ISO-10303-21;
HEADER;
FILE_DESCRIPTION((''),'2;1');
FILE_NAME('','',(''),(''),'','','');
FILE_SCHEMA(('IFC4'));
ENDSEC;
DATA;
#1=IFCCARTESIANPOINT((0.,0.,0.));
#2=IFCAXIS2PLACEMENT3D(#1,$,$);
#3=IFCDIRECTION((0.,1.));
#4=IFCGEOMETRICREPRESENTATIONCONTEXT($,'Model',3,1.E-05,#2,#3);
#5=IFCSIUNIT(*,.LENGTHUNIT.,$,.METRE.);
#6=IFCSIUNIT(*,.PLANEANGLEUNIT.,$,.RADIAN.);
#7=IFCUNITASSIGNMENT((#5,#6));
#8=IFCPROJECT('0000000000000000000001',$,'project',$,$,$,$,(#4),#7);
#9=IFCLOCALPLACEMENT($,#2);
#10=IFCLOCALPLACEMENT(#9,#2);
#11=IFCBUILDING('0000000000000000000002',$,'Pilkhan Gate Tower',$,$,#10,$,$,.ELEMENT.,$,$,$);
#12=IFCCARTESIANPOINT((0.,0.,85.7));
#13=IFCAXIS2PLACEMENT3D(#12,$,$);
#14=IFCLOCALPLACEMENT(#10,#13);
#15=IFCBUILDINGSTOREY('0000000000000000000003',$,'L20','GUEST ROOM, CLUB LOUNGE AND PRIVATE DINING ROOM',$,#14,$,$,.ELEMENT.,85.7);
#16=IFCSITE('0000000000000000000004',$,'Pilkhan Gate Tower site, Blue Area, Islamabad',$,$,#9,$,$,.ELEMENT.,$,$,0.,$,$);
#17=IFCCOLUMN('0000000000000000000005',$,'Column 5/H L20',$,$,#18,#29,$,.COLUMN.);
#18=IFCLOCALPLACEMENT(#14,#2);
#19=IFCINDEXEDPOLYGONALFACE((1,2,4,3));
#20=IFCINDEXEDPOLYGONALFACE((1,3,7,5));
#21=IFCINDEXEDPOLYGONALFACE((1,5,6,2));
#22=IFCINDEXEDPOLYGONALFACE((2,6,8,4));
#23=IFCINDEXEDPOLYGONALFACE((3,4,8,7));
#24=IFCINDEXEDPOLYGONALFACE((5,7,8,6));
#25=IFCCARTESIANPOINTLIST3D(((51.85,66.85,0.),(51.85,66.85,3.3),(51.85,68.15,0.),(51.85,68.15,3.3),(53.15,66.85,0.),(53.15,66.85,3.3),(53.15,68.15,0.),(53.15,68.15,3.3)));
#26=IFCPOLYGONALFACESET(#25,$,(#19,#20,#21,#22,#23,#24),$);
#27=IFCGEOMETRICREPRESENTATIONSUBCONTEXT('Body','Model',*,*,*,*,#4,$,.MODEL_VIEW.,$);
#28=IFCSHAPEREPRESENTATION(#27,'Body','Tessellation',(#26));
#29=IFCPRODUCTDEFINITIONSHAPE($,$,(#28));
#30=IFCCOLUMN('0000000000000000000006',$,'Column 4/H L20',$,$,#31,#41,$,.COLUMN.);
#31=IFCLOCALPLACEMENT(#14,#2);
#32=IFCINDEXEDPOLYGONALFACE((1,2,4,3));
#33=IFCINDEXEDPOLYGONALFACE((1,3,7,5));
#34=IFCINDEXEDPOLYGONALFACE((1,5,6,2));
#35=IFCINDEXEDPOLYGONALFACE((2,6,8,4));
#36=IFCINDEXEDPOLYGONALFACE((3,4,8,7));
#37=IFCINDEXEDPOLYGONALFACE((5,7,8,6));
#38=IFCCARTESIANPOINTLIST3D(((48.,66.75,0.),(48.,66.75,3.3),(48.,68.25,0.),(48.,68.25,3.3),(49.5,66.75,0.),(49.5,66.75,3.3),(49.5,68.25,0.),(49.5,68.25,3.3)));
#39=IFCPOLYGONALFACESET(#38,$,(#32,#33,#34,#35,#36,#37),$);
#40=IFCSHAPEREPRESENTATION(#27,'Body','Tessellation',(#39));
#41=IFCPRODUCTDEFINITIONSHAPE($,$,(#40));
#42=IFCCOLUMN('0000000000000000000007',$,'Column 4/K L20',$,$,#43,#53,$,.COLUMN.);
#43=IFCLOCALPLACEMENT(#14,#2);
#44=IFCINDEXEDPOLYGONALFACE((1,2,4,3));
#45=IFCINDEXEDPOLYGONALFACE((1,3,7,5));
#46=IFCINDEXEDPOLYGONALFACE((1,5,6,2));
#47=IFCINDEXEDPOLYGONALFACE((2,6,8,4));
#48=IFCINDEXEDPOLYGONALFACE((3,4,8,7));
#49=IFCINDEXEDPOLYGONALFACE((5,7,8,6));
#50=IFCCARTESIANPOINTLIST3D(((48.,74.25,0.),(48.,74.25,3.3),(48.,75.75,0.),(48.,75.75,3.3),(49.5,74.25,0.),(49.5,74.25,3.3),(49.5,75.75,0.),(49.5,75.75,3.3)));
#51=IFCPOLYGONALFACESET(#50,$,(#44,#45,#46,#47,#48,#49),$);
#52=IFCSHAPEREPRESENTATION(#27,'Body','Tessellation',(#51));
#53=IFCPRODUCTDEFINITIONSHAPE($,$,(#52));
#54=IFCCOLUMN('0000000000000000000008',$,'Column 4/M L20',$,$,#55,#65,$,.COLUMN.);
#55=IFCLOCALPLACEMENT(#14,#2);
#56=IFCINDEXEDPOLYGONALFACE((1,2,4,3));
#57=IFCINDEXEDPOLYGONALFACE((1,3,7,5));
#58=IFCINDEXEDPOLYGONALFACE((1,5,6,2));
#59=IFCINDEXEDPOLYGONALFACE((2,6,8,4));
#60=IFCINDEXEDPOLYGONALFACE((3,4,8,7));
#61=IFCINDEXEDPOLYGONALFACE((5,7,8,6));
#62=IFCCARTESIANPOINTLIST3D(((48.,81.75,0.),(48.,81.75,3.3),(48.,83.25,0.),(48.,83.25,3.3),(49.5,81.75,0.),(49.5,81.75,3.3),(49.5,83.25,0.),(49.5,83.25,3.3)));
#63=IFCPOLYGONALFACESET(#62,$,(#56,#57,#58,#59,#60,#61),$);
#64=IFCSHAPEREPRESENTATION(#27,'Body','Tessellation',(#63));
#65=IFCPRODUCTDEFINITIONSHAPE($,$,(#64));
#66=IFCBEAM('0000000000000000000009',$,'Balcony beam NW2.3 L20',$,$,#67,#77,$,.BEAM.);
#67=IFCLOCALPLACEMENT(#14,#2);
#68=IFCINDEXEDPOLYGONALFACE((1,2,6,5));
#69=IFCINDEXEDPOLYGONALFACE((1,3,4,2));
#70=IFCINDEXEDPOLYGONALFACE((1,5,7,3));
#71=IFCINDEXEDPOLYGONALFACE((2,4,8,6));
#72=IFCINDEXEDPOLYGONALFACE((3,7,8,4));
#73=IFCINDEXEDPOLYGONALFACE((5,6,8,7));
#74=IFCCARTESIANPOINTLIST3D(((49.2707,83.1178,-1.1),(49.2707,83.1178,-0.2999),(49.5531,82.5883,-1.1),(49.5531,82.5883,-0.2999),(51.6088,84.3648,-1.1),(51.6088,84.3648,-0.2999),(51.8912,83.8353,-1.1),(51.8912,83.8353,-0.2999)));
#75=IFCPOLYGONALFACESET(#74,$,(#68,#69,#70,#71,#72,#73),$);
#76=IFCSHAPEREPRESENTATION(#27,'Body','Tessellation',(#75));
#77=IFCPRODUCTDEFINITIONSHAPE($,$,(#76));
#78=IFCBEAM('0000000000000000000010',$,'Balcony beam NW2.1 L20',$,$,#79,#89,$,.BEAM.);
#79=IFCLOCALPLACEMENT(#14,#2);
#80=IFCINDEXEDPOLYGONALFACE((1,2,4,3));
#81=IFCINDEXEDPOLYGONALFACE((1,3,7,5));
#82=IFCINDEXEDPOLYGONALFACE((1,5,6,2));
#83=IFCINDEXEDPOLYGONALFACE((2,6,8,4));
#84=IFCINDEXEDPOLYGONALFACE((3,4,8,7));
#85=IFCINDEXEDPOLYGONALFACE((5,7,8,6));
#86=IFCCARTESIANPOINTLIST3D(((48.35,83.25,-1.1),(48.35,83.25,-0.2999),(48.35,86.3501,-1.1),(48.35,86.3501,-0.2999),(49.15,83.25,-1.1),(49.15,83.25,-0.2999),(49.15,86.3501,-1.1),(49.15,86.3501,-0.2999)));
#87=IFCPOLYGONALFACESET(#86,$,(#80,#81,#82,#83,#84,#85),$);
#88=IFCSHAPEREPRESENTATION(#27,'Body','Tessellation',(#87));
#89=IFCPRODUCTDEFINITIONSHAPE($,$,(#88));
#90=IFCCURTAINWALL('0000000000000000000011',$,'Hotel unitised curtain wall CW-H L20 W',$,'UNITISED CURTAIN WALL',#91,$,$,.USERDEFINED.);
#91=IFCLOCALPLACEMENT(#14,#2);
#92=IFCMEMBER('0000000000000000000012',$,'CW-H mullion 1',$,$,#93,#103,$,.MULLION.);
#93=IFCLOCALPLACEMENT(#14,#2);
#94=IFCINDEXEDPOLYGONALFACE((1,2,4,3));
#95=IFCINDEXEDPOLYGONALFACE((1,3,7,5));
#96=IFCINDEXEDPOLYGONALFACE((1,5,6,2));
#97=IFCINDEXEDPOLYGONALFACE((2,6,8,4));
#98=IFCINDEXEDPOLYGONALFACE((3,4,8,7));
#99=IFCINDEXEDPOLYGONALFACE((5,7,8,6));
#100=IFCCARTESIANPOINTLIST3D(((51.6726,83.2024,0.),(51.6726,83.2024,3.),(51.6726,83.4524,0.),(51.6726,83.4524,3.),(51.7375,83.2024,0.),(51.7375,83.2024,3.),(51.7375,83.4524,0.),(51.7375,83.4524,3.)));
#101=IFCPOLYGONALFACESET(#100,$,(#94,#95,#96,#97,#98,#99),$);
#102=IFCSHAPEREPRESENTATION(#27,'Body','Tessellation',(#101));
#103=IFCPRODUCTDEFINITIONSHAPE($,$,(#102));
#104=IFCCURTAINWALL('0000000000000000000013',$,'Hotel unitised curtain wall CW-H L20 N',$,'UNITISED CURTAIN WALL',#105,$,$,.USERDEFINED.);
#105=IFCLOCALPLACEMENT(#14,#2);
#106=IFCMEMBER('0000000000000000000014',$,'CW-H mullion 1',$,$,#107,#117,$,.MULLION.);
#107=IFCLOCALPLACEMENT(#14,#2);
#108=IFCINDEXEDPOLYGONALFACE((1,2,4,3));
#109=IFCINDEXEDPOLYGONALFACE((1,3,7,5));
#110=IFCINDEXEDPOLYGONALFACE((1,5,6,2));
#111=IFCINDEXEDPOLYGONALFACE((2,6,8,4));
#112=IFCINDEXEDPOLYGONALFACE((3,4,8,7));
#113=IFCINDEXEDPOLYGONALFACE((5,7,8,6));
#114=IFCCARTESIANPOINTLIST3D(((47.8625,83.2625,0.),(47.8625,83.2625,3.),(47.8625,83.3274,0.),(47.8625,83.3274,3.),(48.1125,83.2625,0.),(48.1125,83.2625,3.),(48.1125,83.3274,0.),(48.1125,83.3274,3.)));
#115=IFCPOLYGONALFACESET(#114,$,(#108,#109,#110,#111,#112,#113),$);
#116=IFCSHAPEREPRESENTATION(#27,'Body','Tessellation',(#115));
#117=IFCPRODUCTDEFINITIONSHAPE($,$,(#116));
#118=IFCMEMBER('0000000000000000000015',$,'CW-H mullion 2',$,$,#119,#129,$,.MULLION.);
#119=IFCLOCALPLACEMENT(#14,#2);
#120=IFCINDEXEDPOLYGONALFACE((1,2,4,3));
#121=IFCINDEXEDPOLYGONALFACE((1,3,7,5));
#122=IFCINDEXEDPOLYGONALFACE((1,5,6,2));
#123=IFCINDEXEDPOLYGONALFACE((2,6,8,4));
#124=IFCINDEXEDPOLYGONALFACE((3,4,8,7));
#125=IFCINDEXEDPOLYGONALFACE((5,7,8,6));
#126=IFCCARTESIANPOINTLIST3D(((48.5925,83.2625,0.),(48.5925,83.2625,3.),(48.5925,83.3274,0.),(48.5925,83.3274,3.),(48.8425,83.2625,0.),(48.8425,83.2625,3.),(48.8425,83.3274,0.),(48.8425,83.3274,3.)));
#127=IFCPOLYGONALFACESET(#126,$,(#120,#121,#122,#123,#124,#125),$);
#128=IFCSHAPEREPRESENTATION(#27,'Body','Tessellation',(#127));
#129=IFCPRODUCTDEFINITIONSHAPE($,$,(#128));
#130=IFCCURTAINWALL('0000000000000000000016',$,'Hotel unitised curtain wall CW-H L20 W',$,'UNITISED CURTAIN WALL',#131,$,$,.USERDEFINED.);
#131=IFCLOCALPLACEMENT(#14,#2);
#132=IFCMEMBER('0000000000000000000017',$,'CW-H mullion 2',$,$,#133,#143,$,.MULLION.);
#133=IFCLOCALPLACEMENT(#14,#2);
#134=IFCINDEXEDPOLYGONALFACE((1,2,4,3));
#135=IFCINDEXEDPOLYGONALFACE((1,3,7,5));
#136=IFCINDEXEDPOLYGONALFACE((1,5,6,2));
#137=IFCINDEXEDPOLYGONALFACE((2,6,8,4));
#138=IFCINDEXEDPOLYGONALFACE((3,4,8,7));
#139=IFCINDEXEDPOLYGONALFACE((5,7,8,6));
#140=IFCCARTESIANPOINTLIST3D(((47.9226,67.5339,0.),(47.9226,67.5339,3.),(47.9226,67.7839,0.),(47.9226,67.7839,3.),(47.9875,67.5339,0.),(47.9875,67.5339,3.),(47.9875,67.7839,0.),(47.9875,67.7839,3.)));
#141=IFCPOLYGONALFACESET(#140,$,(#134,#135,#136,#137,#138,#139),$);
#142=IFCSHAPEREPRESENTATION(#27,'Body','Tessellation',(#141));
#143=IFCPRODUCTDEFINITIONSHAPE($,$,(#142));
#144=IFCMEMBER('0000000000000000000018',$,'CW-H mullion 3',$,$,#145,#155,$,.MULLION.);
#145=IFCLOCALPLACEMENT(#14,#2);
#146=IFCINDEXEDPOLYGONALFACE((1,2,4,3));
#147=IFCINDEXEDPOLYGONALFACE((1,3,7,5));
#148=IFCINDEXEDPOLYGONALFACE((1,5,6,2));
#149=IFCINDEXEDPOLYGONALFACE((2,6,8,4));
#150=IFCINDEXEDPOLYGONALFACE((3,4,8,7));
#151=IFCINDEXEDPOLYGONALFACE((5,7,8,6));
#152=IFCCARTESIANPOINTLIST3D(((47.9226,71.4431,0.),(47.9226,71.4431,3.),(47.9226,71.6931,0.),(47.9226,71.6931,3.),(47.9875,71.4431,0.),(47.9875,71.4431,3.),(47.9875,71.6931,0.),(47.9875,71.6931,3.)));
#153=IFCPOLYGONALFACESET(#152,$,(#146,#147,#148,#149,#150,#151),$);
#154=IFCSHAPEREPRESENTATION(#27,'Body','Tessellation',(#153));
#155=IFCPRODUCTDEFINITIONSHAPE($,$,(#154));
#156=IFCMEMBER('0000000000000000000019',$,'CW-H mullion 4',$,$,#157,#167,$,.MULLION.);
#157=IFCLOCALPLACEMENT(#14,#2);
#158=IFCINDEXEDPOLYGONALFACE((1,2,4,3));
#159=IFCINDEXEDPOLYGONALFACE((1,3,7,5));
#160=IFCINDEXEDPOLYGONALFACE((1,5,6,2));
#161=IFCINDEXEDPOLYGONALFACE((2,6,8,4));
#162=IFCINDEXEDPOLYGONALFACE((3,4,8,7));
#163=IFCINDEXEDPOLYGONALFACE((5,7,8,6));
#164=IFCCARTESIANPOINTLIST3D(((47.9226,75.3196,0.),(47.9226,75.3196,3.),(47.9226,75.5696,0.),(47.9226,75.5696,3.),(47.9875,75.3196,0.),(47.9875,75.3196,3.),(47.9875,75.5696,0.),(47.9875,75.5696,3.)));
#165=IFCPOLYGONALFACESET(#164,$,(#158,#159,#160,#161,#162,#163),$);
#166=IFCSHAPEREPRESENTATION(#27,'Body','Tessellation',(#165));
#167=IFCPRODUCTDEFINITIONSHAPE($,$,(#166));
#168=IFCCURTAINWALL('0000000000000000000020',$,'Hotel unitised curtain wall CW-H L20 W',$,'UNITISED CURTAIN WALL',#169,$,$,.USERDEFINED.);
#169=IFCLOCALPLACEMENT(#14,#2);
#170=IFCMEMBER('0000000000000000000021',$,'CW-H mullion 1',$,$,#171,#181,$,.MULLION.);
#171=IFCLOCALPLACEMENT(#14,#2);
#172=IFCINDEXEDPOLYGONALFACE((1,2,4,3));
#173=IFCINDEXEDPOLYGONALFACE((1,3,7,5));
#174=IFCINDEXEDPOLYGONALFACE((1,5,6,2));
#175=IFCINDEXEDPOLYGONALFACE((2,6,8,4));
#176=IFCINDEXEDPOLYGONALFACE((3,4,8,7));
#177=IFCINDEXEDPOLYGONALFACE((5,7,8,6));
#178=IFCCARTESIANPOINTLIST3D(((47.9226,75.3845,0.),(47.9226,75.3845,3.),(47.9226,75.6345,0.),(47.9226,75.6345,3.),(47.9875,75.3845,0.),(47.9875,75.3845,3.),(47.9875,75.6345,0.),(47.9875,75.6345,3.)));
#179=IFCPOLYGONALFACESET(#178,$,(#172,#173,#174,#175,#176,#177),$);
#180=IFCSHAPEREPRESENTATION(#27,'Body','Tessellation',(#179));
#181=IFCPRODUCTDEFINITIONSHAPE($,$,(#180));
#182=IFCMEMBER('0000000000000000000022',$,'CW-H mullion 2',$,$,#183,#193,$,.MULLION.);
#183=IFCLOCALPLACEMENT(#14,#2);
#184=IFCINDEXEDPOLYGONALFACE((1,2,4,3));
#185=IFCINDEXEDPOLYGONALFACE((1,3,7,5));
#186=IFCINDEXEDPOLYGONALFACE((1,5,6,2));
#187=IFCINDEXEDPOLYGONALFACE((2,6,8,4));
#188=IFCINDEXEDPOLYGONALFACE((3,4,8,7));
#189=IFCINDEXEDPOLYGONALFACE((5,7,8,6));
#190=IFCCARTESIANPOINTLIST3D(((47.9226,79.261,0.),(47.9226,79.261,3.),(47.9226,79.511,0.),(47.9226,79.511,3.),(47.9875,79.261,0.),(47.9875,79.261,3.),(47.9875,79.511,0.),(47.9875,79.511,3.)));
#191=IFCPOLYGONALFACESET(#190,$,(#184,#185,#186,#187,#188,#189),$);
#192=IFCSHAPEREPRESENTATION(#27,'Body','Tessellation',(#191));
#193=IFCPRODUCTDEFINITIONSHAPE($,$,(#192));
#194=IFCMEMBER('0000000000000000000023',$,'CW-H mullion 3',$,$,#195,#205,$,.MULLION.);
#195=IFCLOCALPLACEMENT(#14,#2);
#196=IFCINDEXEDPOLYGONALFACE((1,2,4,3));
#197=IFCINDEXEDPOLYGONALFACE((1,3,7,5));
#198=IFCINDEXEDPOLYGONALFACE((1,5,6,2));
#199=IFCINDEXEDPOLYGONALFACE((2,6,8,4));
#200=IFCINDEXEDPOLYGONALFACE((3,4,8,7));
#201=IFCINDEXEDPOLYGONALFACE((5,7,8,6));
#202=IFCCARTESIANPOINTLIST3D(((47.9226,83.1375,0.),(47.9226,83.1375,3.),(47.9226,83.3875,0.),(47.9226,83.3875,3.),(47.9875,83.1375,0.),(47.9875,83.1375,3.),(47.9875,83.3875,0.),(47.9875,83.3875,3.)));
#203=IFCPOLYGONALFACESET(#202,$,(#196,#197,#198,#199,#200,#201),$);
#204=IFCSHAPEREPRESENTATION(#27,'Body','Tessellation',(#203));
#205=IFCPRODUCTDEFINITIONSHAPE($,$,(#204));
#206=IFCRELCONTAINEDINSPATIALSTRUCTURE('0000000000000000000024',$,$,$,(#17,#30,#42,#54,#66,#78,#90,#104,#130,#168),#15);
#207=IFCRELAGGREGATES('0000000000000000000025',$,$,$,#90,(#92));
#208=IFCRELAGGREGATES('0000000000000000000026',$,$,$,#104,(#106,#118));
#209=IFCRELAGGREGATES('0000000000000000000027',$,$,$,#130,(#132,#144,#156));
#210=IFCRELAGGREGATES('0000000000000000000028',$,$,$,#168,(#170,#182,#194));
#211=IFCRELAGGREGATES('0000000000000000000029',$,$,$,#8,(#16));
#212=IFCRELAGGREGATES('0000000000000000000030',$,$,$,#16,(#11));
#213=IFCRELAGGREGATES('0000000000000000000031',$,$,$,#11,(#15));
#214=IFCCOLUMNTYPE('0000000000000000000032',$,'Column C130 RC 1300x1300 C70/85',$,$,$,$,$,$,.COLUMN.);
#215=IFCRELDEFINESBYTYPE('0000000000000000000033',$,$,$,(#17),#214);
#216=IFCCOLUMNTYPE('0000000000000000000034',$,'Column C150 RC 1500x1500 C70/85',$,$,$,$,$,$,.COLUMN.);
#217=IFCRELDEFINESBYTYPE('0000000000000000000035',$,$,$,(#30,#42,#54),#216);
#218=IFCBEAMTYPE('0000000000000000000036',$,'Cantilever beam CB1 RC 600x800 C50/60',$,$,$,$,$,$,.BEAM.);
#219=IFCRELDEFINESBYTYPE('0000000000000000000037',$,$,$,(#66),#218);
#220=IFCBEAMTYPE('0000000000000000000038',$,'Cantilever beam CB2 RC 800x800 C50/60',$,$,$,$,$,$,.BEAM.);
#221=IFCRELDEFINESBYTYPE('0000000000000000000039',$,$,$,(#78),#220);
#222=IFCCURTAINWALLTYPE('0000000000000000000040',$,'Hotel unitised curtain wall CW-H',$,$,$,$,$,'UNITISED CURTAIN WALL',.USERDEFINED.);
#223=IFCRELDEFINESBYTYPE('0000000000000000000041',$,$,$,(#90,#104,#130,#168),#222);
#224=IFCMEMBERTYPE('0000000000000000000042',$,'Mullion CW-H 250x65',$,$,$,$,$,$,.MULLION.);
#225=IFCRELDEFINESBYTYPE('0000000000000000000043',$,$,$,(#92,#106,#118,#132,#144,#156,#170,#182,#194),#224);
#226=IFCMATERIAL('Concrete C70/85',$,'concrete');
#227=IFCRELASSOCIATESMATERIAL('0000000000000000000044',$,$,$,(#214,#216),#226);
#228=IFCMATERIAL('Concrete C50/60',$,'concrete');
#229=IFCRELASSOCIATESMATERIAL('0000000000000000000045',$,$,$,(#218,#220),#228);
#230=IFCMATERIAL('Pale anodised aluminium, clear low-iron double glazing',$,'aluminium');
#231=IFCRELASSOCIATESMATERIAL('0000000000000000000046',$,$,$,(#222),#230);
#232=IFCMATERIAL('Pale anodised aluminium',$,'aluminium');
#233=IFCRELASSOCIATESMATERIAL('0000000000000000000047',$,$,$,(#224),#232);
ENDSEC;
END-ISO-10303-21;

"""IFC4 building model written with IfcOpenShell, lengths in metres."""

from ifc_helpers import new_model, si_unit, direction, frame, origin, origin_2d, place, context, subcontext, project, spatial, rectangle, extrude, material, material_profile, profile_set, type_object, element, aggregate, save


model = new_model("IFC4")

# Units and contexts
model_context = context("Model", 3, precision=1e-05, world=origin(), true_north=direction((0.0, 1.0)))
body_context = subcontext(model_context, "Body", "Model", "MODEL_VIEW")
ifc_project = project(units=[si_unit("LENGTHUNIT", "METRE"), si_unit("PLANEANGLEUNIT", "RADIAN")], contexts=[model_context])

# Site, building, storey
site_placement = place(None, origin())
site = spatial("IfcSite", under=ifc_project, at=site_placement, Name="Pilkhan Gate Tower site, Blue Area, Islamabad", CompositionType="ELEMENT", RefElevation=0.0)
building_placement = place(site_placement, origin())
building = spatial("IfcBuilding", under=site, at=building_placement, Name="Pilkhan Gate Tower", CompositionType="ELEMENT")
storey_placement = place(building_placement, frame((0.0, 0.0, 85.7)))
storey = spatial("IfcBuildingStorey", under=building, at=storey_placement, Name="L20", Description="GUEST ROOM, CLUB LOUNGE AND PRIVATE DINING ROOM", CompositionType="ELEMENT", Elevation=85.7)

# Columns
ifc_material_1 = material(Name="Concrete C70/85", Category="concrete")
ifc_material_profile_1 = material_profile(ifc_material_1, rectangle(XDim=1.3, YDim=1.3, at=origin_2d()), Name="RC 1300x1300")
ifc_profile_set_1 = profile_set([ifc_material_profile_1], Name="Concrete C70/85")
column_type_1 = type_object("IfcColumnType", Name="Column C130 RC 1300x1300 C70/85", PredefinedType="COLUMN", material=ifc_profile_set_1)
column_placement = place(storey_placement, frame((52.5, 67.5, 0.0), z_axis=(0.0, 0.0, 1.0), x_axis=(1.0, 0.0, 0.0)))
element("IfcColumn", 1, at=column_placement, inside=storey, type_object=column_type_1, Name="Column 5/H L20", PredefinedType="COLUMN", context=body_context, shape_type="SweptSolid", body=[
    extrude(rectangle(XDim=1.3, YDim=1.3, at=origin_2d()), origin(), (0.0, 0.0, 1.0), 3.3),
])
ifc_material_profile_2 = material_profile(ifc_material_1, rectangle(XDim=1.5, YDim=1.5, at=origin_2d()), Name="RC 1500x1500")
ifc_profile_set_2 = profile_set([ifc_material_profile_2], Name="Concrete C70/85")
column_type_2 = type_object("IfcColumnType", Name="Column C150 RC 1500x1500 C70/85", PredefinedType="COLUMN", material=ifc_profile_set_2)
for number, where, z_axis, x_axis, name in (
    (2, (48.75, 67.5, 0.0), (0.0, 0.0, 1.0), (1.0, 0.0, 0.0), "Column 4/H L20"),
    (3, (48.75, 75.0, 0.0), (0.0, 0.0, 1.0), (1.0, 0.0, 0.0), "Column 4/K L20"),
    (4, (48.75, 82.5, 0.0), (0.0, 0.0, 1.0), (1.0, 0.0, 0.0), "Column 4/M L20"),
):
    element("IfcColumn", number, at=place(storey_placement, frame(where, z_axis=z_axis, x_axis=x_axis)), inside=storey, type_object=column_type_2, Name=name, PredefinedType="COLUMN", context=body_context, shape_type="SweptSolid", body=[
        extrude(rectangle(XDim=1.5, YDim=1.5, at=origin_2d()), origin(), (0.0, 0.0, 1.0), 3.3),
    ])

# Beams
ifc_material_2 = material(Name="Concrete C50/60", Category="concrete")
ifc_material_profile_3 = material_profile(ifc_material_2, rectangle(XDim=0.6001, YDim=0.8, at=origin_2d()), Name="RC 600x800")
ifc_profile_set_3 = profile_set([ifc_material_profile_3], Name="Concrete C50/60")
beam_type_1 = type_object("IfcBeamType", Name="Cantilever beam CB1 RC 600x800 C50/60", PredefinedType="BEAM", material=ifc_profile_set_3)
beam_1_placement = place(storey_placement, frame((49.4119, 82.853, -0.7), z_axis=(0.882343, 0.470607, 0.0), x_axis=(-0.470607, 0.882343, 0.0)))
element("IfcBeam", 5, at=beam_1_placement, inside=storey, type_object=beam_type_1, Name="Balcony beam NW2.3 L20", PredefinedType="BEAM", context=body_context, shape_type="SweptSolid", body=[
    extrude(rectangle(XDim=0.6001, YDim=0.8, at=origin_2d()), origin(), (0.0, 0.0, 1.0), 2.6499),
])
ifc_material_profile_4 = material_profile(ifc_material_2, rectangle(XDim=0.8, YDim=0.8, at=origin_2d()), Name="RC 800x800")
ifc_profile_set_4 = profile_set([ifc_material_profile_4], Name="Concrete C50/60")
beam_type_2 = type_object("IfcBeamType", Name="Cantilever beam CB2 RC 800x800 C50/60", PredefinedType="BEAM", material=ifc_profile_set_4)
beam_2_placement = place(storey_placement, frame((48.75, 83.25, -0.7), z_axis=(0.0, 1.0, 0.0), x_axis=(-1.0, 0.0, 0.0)))
element("IfcBeam", 6, at=beam_2_placement, inside=storey, type_object=beam_type_2, Name="Balcony beam NW2.1 L20", PredefinedType="BEAM", context=body_context, shape_type="SweptSolid", body=[
    extrude(rectangle(XDim=0.8, YDim=0.8, at=origin_2d()), origin(), (0.0, 0.0, 1.0), 3.1001),
])

# Curtain wall, member
ifc_material_3 = material(Name="Pale anodised aluminium, clear low-iron double glazing", Category="aluminium")
curtain_wall_type = type_object("IfcCurtainWallType", Name="Hotel unitised curtain wall CW-H", ElementType="UNITISED CURTAIN WALL", PredefinedType="USERDEFINED", material=ifc_material_3)
curtain_wall_1_placement = place(storey_placement, origin())
curtain_wall_1 = element("IfcCurtainWall", 7, at=curtain_wall_1_placement, inside=storey, type_object=curtain_wall_type, Name="Hotel unitised curtain wall CW-H L20 W", ObjectType="UNITISED CURTAIN WALL", PredefinedType="USERDEFINED")
ifc_material_4 = material(Name="Pale anodised aluminium", Category="aluminium")
ifc_material_profile_5 = material_profile(ifc_material_4, rectangle(XDim=0.0649, YDim=0.25, at=origin_2d()), Name="Mullion 250x65")
ifc_profile_set_5 = profile_set([ifc_material_profile_5], Name="Pale anodised aluminium")
member_type_1 = type_object("IfcMemberType", Name="Mullion CW-H 250x65", PredefinedType="MULLION", material=ifc_profile_set_5)
member_1_placement = place(storey_placement, frame((51.7051, 83.3274, 0.0), z_axis=(0.0, 0.0, 1.0), x_axis=(-1.0, 0.0, 0.0)))
member_1 = element("IfcMember", 8, at=member_1_placement, type_object=member_type_1, Name="CW-H mullion 1", PredefinedType="MULLION", context=body_context, shape_type="SweptSolid", body=[
    extrude(rectangle(XDim=0.0649, YDim=0.25, at=origin_2d()), origin(), (0.0, 0.0, 1.0), 3.0),
])

# Curtain walls, members
curtain_wall_2_placement = place(storey_placement, origin())
curtain_wall_2 = element("IfcCurtainWall", 9, at=curtain_wall_2_placement, inside=storey, type_object=curtain_wall_type, Name="Hotel unitised curtain wall CW-H L20 N", ObjectType="UNITISED CURTAIN WALL", PredefinedType="USERDEFINED")
member_2_placement = place(storey_placement, frame((47.9875, 83.2949, 0.0), z_axis=(0.0, 0.0, 1.0), x_axis=(0.0, 1.0, 0.0)))
member_2 = element("IfcMember", 10, at=member_2_placement, type_object=member_type_1, Name="CW-H mullion 1", PredefinedType="MULLION", context=body_context, shape_type="SweptSolid", body=[
    extrude(rectangle(XDim=0.0649, YDim=0.25, at=origin_2d()), origin(), (0.0, 0.0, 1.0), 3.0),
])
member_3_placement = place(storey_placement, frame((48.7175, 83.2949, 0.0), z_axis=(0.0, 0.0, 1.0), x_axis=(0.0, 1.0, 0.0)))
member_3 = element("IfcMember", 11, at=member_3_placement, type_object=member_type_1, Name="CW-H mullion 2", PredefinedType="MULLION", context=body_context, shape_type="SweptSolid", body=[
    extrude(rectangle(XDim=0.0649, YDim=0.25, at=origin_2d()), origin(), (0.0, 0.0, 1.0), 3.0),
])
curtain_wall_3_placement = place(storey_placement, origin())
curtain_wall_3 = element("IfcCurtainWall", 12, at=curtain_wall_3_placement, inside=storey, type_object=curtain_wall_type, Name="Hotel unitised curtain wall CW-H L20 W", ObjectType="UNITISED CURTAIN WALL", PredefinedType="USERDEFINED")
member_4_placement = place(storey_placement, frame((47.9551, 67.6589, 0.0), z_axis=(0.0, 0.0, 1.0), x_axis=(-1.0, 0.0, 0.0)))
member_4 = element("IfcMember", 13, at=member_4_placement, type_object=member_type_1, Name="CW-H mullion 2", PredefinedType="MULLION", context=body_context, shape_type="SweptSolid", body=[
    extrude(rectangle(XDim=0.0649, YDim=0.25, at=origin_2d()), origin(), (0.0, 0.0, 1.0), 3.0),
])
member_5_placement = place(storey_placement, frame((47.9551, 71.5681, 0.0), z_axis=(0.0, 0.0, 1.0), x_axis=(-1.0, 0.0, 0.0)))
member_5 = element("IfcMember", 14, at=member_5_placement, type_object=member_type_1, Name="CW-H mullion 3", PredefinedType="MULLION", context=body_context, shape_type="SweptSolid", body=[
    extrude(rectangle(XDim=0.0649, YDim=0.25, at=origin_2d()), origin(), (0.0, 0.0, 1.0), 3.0),
])
member_6_placement = place(storey_placement, frame((47.9551, 75.4446, 0.0), z_axis=(0.0, 0.0, 1.0), x_axis=(-1.0, 0.0, 0.0)))
member_6 = element("IfcMember", 15, at=member_6_placement, type_object=member_type_1, Name="CW-H mullion 4", PredefinedType="MULLION", context=body_context, shape_type="SweptSolid", body=[
    extrude(rectangle(XDim=0.0649, YDim=0.25, at=origin_2d()), origin(), (0.0, 0.0, 1.0), 3.0),
])
curtain_wall_4_placement = place(storey_placement, origin())
curtain_wall_4 = element("IfcCurtainWall", 16, at=curtain_wall_4_placement, inside=storey, type_object=curtain_wall_type, Name="Hotel unitised curtain wall CW-H L20 W", ObjectType="UNITISED CURTAIN WALL", PredefinedType="USERDEFINED")
member_7_placement = place(storey_placement, frame((47.9551, 75.5095, 0.0), z_axis=(0.0, 0.0, 1.0), x_axis=(-1.0, 0.0, 0.0)))
member_7 = element("IfcMember", 17, at=member_7_placement, type_object=member_type_1, Name="CW-H mullion 1", PredefinedType="MULLION", context=body_context, shape_type="SweptSolid", body=[
    extrude(rectangle(XDim=0.0649, YDim=0.25, at=origin_2d()), origin(), (0.0, 0.0, 1.0), 3.0),
])
member_8_placement = place(storey_placement, frame((47.9551, 79.386, 0.0), z_axis=(0.0, 0.0, 1.0), x_axis=(-1.0, 0.0, 0.0)))
member_8 = element("IfcMember", 18, at=member_8_placement, type_object=member_type_1, Name="CW-H mullion 2", PredefinedType="MULLION", context=body_context, shape_type="SweptSolid", body=[
    extrude(rectangle(XDim=0.0649, YDim=0.25, at=origin_2d()), origin(), (0.0, 0.0, 1.0), 3.0),
])
member_9_placement = place(storey_placement, frame((47.9551, 83.2625, 0.0), z_axis=(0.0, 0.0, 1.0), x_axis=(-1.0, 0.0, 0.0)))
member_9 = element("IfcMember", 19, at=member_9_placement, type_object=member_type_1, Name="CW-H mullion 3", PredefinedType="MULLION", context=body_context, shape_type="SweptSolid", body=[
    extrude(rectangle(XDim=0.0649, YDim=0.25, at=origin_2d()), origin(), (0.0, 0.0, 1.0), 3.0),
])

aggregate(curtain_wall_1, [member_1])

aggregate(curtain_wall_2, [member_2, member_3])
aggregate(curtain_wall_3, [member_4, member_5, member_6])
aggregate(curtain_wall_4, [member_7, member_8, member_9])

save(model, "model.ifc")
